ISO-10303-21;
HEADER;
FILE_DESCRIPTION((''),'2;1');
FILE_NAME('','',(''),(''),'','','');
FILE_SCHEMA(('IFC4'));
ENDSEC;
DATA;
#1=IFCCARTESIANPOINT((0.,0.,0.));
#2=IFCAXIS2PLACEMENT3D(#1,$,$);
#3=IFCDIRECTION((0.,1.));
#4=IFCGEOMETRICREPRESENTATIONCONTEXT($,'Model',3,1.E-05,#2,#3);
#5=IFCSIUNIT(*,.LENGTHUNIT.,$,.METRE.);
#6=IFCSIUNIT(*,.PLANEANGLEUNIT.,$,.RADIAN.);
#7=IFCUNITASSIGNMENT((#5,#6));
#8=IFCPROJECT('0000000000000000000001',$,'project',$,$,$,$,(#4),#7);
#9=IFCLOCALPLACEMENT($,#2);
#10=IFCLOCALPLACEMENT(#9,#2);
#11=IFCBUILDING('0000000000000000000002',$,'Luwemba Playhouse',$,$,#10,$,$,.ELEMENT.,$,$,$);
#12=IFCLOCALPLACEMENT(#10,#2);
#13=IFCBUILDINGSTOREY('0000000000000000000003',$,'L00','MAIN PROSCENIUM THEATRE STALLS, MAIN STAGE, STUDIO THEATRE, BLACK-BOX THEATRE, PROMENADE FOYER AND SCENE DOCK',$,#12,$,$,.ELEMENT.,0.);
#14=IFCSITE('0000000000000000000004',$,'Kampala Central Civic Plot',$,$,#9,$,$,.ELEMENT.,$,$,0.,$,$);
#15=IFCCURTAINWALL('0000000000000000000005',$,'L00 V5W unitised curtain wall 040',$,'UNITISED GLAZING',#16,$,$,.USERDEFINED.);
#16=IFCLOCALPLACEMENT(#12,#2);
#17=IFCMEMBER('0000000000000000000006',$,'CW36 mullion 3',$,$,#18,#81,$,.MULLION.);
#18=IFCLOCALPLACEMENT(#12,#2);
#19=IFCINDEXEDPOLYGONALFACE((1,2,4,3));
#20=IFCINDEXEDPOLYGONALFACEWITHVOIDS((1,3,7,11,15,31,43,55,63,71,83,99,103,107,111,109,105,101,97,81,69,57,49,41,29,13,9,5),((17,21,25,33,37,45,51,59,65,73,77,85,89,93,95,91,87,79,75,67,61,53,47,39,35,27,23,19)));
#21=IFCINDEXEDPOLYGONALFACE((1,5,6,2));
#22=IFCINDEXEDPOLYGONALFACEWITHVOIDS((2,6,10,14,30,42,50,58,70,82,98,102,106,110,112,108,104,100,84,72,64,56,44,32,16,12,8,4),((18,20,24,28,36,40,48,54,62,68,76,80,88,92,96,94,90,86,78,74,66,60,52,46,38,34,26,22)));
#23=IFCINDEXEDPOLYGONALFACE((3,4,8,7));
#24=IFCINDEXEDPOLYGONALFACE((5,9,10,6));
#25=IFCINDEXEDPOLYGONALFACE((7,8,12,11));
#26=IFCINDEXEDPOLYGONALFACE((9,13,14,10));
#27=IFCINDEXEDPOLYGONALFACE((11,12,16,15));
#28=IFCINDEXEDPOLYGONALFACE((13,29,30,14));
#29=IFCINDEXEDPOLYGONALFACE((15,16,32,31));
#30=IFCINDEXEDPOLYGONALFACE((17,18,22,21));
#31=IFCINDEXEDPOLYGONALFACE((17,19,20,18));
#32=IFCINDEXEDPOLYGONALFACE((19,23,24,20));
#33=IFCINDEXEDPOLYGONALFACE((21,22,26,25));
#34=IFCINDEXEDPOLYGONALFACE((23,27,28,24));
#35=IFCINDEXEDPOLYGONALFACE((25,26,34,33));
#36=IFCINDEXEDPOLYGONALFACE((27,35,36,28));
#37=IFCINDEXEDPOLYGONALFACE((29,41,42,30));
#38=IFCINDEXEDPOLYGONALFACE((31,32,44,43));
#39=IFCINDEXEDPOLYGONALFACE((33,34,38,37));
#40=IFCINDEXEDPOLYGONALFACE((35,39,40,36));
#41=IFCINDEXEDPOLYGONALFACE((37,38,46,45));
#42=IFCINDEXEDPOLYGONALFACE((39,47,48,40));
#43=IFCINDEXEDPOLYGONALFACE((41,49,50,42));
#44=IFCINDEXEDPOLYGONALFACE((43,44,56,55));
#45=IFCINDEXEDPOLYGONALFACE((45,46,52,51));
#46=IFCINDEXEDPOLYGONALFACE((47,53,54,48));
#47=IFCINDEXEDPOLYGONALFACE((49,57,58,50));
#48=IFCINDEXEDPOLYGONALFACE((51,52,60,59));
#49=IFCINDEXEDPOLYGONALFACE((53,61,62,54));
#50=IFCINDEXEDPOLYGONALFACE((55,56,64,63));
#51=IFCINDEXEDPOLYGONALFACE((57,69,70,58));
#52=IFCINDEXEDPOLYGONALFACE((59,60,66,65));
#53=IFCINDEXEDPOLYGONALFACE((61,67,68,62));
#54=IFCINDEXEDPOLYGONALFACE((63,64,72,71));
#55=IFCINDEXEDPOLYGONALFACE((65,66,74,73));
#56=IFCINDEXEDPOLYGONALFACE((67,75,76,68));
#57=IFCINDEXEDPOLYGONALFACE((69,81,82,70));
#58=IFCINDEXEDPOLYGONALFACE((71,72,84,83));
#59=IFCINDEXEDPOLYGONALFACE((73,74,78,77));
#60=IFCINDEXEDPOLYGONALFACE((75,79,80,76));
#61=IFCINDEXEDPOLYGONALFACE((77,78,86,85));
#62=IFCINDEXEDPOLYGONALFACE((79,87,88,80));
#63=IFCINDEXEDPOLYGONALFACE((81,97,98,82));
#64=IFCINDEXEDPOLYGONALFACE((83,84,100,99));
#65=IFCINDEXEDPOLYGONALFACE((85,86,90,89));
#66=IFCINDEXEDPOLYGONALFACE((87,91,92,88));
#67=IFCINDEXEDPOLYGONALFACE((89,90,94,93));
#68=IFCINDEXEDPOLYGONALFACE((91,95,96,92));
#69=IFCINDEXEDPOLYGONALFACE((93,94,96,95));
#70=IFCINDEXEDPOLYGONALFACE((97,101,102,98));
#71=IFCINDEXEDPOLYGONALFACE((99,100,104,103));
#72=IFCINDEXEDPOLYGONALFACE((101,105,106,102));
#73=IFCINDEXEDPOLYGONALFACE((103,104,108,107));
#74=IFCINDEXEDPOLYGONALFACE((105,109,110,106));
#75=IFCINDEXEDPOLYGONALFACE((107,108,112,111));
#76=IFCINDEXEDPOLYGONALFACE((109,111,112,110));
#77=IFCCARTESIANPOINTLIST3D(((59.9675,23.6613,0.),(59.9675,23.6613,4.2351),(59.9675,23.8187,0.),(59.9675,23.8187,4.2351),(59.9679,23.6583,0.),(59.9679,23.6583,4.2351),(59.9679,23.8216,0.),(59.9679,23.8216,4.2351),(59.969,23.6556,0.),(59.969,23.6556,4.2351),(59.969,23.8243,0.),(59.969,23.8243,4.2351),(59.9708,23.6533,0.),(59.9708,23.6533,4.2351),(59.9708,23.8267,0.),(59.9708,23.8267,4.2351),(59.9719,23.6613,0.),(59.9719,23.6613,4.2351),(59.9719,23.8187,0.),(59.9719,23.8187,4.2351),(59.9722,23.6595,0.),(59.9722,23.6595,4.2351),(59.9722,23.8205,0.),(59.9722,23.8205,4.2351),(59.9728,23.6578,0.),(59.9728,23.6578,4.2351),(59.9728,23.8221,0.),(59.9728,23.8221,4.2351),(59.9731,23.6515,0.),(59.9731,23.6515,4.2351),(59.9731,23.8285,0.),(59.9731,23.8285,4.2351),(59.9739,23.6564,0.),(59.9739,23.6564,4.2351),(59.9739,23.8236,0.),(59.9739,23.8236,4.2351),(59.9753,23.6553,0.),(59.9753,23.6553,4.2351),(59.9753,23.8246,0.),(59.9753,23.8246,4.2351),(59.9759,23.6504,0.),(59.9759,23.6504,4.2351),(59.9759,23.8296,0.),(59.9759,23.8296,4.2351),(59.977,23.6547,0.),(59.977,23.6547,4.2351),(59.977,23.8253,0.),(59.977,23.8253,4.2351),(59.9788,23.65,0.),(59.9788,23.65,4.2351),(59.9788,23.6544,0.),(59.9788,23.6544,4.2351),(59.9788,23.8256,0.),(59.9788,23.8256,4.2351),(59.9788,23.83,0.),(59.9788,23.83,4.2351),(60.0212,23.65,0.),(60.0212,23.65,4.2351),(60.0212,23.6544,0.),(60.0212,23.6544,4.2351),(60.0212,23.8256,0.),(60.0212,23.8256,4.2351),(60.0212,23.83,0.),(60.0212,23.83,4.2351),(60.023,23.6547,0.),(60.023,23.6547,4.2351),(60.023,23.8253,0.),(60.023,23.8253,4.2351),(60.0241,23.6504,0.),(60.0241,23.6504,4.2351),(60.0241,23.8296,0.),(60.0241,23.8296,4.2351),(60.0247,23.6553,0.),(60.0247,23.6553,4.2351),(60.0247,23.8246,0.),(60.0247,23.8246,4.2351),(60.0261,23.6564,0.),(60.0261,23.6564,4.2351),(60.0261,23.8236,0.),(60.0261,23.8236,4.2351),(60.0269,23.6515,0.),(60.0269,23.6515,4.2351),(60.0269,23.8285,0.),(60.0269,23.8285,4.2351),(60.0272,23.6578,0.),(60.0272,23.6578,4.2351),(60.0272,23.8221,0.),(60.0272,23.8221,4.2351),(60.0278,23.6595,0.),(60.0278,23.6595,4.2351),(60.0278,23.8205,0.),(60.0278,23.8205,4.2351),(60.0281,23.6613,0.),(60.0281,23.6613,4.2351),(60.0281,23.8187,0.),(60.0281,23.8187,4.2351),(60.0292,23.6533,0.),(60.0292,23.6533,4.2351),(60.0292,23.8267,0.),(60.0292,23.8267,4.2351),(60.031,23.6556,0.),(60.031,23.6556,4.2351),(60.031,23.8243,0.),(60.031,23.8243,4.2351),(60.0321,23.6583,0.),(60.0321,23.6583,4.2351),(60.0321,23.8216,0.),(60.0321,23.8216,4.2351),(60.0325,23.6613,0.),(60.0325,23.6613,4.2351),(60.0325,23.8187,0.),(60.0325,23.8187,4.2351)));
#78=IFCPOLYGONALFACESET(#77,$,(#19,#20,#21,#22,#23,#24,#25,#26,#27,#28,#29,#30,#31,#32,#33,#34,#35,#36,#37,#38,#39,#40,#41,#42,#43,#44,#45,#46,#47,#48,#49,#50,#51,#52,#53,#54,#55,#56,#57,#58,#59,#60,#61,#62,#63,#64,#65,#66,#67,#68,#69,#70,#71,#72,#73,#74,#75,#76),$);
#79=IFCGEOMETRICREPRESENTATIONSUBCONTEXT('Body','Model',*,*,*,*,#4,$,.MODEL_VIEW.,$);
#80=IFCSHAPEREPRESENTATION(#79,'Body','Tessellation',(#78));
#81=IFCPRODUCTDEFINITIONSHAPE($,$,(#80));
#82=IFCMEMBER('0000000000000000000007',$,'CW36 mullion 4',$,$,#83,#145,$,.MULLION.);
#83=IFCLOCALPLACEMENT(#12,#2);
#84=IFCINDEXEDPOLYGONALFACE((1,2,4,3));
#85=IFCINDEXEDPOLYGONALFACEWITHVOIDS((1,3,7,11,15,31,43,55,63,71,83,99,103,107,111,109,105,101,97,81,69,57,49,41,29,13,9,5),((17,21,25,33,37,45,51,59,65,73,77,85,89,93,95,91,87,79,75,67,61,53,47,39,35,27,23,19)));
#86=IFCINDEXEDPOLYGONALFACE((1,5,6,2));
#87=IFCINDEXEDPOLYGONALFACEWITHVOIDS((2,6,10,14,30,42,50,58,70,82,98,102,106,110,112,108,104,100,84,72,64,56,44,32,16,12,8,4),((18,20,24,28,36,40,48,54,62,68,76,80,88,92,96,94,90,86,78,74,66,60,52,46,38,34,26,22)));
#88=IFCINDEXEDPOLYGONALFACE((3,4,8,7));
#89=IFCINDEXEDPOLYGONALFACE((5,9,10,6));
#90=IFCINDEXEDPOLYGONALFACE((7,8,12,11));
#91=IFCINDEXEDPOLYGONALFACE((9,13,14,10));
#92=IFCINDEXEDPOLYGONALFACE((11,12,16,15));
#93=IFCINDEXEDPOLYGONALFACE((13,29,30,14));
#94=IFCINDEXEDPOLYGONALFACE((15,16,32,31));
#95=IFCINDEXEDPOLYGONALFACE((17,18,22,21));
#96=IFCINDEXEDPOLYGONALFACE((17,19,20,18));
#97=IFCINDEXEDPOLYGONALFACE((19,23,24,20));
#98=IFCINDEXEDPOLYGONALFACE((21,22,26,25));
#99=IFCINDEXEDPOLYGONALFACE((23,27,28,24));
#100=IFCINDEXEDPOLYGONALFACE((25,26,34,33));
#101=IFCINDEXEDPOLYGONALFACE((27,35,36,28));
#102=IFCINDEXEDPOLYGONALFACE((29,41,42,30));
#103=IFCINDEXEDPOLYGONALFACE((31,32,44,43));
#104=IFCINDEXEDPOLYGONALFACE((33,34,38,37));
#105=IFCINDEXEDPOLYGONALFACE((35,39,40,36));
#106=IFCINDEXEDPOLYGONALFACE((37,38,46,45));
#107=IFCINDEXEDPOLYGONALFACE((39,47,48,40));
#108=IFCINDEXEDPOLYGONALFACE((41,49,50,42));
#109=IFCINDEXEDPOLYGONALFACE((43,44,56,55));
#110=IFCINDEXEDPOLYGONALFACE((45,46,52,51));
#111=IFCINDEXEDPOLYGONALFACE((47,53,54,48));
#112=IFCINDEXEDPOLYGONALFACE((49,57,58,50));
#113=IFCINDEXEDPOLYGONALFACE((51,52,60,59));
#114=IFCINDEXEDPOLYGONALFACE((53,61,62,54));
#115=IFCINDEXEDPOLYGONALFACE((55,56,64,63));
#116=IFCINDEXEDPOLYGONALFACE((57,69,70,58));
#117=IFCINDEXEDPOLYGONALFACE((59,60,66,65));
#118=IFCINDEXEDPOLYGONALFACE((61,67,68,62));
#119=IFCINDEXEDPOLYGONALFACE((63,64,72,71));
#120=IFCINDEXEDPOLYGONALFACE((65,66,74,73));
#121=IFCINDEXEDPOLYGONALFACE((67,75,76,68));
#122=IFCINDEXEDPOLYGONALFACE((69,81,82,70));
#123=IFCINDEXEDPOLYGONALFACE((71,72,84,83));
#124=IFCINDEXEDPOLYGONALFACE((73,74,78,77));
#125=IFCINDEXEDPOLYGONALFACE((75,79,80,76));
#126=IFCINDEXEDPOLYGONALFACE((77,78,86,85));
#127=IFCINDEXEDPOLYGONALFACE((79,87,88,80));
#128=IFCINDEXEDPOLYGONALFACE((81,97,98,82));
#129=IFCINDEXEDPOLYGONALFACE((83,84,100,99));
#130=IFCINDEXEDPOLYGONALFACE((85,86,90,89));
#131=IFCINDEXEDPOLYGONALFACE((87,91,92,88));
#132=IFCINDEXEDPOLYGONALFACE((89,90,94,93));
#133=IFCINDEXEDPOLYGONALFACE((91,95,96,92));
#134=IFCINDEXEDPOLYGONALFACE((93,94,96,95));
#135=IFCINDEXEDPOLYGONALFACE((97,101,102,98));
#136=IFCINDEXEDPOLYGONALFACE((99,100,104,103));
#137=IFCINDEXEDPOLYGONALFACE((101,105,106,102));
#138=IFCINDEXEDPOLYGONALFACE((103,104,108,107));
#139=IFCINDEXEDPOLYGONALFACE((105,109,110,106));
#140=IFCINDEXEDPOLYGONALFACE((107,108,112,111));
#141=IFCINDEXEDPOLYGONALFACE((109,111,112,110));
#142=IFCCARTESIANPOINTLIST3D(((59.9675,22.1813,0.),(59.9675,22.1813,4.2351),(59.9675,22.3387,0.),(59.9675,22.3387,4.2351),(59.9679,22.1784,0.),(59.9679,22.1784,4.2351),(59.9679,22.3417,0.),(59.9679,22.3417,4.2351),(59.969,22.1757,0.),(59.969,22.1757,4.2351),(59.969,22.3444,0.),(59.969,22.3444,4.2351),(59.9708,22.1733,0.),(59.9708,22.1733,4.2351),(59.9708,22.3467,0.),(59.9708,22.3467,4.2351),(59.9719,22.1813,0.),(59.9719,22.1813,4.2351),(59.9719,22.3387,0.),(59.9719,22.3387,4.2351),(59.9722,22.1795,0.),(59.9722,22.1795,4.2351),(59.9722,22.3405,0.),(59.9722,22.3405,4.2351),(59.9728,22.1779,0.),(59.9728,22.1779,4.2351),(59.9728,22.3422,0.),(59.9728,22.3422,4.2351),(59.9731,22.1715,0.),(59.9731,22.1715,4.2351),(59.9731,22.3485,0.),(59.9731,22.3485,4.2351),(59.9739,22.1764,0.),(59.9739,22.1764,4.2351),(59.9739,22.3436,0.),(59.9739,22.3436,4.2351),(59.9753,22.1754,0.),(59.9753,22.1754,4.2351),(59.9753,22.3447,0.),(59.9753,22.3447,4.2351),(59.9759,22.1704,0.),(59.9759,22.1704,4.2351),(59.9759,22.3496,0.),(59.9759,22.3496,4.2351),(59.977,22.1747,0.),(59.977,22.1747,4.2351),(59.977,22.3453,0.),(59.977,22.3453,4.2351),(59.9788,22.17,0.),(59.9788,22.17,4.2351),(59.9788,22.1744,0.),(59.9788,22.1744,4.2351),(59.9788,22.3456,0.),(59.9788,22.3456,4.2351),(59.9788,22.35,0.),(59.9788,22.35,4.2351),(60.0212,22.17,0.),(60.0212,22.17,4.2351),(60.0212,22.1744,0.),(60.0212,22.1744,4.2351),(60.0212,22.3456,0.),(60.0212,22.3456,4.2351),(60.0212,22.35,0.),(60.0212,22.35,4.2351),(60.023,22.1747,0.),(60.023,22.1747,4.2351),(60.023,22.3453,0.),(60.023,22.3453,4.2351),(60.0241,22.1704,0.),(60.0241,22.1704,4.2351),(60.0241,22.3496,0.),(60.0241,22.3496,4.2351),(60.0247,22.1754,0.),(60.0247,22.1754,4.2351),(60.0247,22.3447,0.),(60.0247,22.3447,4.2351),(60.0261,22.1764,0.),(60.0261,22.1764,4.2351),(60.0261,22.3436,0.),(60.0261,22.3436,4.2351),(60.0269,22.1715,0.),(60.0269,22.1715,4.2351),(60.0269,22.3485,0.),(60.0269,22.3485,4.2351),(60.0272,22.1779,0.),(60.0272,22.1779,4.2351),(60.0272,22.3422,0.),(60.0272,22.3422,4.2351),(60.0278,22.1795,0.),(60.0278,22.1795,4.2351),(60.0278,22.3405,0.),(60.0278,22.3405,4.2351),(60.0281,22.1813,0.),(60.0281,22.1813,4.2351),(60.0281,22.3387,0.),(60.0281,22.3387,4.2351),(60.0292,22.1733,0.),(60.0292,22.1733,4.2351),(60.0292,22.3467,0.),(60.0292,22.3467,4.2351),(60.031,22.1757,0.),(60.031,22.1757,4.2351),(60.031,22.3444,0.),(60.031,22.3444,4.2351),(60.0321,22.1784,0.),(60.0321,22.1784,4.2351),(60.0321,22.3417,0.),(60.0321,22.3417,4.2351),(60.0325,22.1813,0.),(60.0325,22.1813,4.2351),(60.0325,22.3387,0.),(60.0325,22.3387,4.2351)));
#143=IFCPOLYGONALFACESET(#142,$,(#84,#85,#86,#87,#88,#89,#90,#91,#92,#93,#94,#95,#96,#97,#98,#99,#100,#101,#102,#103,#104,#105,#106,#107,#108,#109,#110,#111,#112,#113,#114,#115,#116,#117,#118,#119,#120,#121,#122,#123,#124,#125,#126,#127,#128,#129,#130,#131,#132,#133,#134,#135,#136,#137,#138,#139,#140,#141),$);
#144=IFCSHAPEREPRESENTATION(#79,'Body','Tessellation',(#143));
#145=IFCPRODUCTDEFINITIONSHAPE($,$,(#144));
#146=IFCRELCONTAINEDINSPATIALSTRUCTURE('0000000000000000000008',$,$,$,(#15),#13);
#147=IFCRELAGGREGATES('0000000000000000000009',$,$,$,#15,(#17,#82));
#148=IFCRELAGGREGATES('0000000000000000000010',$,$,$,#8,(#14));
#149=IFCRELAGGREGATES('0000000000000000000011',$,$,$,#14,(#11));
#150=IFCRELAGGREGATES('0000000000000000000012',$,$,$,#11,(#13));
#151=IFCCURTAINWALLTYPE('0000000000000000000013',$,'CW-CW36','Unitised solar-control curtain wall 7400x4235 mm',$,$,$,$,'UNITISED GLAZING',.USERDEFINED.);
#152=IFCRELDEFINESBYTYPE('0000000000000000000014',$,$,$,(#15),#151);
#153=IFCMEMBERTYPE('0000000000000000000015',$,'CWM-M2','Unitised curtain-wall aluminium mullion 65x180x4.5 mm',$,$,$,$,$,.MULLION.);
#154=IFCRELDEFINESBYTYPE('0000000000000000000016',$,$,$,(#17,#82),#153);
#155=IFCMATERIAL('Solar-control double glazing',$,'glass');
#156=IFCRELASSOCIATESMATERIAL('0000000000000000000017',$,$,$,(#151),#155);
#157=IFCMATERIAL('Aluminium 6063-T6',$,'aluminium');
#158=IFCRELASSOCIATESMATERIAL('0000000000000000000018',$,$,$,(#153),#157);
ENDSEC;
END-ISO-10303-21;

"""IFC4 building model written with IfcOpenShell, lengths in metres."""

from ifc_helpers import new_model, si_unit, direction, frame, origin, origin_2d, place, context, subcontext, project, spatial, hollow_rectangle, extrude, material, material_profile, profile_set, type_object, element, aggregate, save


model = new_model("IFC4")

# Units and contexts
model_context = context("Model", 3, precision=1e-05, world=origin(), true_north=direction((0.0, 1.0)))
body_context = subcontext(model_context, "Body", "Model", "MODEL_VIEW")
ifc_project = project(units=[si_unit("LENGTHUNIT", "METRE"), si_unit("PLANEANGLEUNIT", "RADIAN")], contexts=[model_context])

# Site, building, storey
site_placement = place(None, origin())
site = spatial("IfcSite", under=ifc_project, at=site_placement, Name="Kampala Central Civic Plot", CompositionType="ELEMENT", RefElevation=0.0)
building_placement = place(site_placement, origin())
building = spatial("IfcBuilding", under=site, at=building_placement, Name="Luwemba Playhouse", CompositionType="ELEMENT")
storey_placement = place(building_placement, origin())
storey = spatial("IfcBuildingStorey", under=building, at=storey_placement, Name="L00", Description="MAIN PROSCENIUM THEATRE STALLS, MAIN STAGE, STUDIO THEATRE, BLACK-BOX THEATRE, PROMENADE FOYER AND SCENE DOCK", CompositionType="ELEMENT", Elevation=0.0)

# Curtain wall, members
ifc_material_1 = material(Name="Solar-control double glazing", Category="glass")
curtain_wall_type = type_object("IfcCurtainWallType", Name="CW-CW36", Description="Unitised solar-control curtain wall 7400x4235 mm", ElementType="UNITISED GLAZING", PredefinedType="USERDEFINED", material=ifc_material_1)
curtain_wall_placement = place(storey_placement, origin())
curtain_wall = element("IfcCurtainWall", 1, at=curtain_wall_placement, inside=storey, type_object=curtain_wall_type, Name="L00 V5W unitised curtain wall 040", ObjectType="UNITISED GLAZING", PredefinedType="USERDEFINED")
ifc_material_2 = material(Name="Aluminium 6063-T6", Category="aluminium")
ifc_material_profile_1 = material_profile(ifc_material_2, hollow_rectangle(XDim=0.0649, YDim=0.1799, WallThickness=0.0044, InnerFilletRadius=0.0068, OuterFilletRadius=0.0112, at=origin_2d()))
ifc_profile_set_1 = profile_set([ifc_material_profile_1], Name="Aluminium 6063-T6")
member_type_1 = type_object("IfcMemberType", Name="CWM-M2", Description="Unitised curtain-wall aluminium mullion 65x180x4.5 mm", PredefinedType="MULLION", material=ifc_profile_set_1)
member_1_placement = place(storey_placement, frame((60.0, 23.74, 0.0), z_axis=(0.0, 0.0, 1.0), x_axis=(1.0, 0.0, 0.0)))
member_1 = element("IfcMember", 2, at=member_1_placement, type_object=member_type_1, Name="CW36 mullion 3", PredefinedType="MULLION", context=body_context, shape_type="SweptSolid", body=[
    extrude(hollow_rectangle(XDim=0.0649, YDim=0.1799, WallThickness=0.0044, InnerFilletRadius=0.0068, OuterFilletRadius=0.0112, at=origin_2d()), origin(), (0.0, 0.0, 1.0), 4.2351),
])
member_2_placement = place(storey_placement, frame((60.0, 22.26, 0.0), z_axis=(0.0, 0.0, 1.0), x_axis=(1.0, 0.0, 0.0)))
member_2 = element("IfcMember", 3, at=member_2_placement, type_object=member_type_1, Name="CW36 mullion 4", PredefinedType="MULLION", context=body_context, shape_type="SweptSolid", body=[
    extrude(hollow_rectangle(XDim=0.0649, YDim=0.1799, WallThickness=0.0044, InnerFilletRadius=0.0068, OuterFilletRadius=0.0112, at=origin_2d()), origin(), (0.0, 0.0, 1.0), 4.2351),
])
aggregate(curtain_wall, [member_1, member_2])

save(model, "model.ifc")
